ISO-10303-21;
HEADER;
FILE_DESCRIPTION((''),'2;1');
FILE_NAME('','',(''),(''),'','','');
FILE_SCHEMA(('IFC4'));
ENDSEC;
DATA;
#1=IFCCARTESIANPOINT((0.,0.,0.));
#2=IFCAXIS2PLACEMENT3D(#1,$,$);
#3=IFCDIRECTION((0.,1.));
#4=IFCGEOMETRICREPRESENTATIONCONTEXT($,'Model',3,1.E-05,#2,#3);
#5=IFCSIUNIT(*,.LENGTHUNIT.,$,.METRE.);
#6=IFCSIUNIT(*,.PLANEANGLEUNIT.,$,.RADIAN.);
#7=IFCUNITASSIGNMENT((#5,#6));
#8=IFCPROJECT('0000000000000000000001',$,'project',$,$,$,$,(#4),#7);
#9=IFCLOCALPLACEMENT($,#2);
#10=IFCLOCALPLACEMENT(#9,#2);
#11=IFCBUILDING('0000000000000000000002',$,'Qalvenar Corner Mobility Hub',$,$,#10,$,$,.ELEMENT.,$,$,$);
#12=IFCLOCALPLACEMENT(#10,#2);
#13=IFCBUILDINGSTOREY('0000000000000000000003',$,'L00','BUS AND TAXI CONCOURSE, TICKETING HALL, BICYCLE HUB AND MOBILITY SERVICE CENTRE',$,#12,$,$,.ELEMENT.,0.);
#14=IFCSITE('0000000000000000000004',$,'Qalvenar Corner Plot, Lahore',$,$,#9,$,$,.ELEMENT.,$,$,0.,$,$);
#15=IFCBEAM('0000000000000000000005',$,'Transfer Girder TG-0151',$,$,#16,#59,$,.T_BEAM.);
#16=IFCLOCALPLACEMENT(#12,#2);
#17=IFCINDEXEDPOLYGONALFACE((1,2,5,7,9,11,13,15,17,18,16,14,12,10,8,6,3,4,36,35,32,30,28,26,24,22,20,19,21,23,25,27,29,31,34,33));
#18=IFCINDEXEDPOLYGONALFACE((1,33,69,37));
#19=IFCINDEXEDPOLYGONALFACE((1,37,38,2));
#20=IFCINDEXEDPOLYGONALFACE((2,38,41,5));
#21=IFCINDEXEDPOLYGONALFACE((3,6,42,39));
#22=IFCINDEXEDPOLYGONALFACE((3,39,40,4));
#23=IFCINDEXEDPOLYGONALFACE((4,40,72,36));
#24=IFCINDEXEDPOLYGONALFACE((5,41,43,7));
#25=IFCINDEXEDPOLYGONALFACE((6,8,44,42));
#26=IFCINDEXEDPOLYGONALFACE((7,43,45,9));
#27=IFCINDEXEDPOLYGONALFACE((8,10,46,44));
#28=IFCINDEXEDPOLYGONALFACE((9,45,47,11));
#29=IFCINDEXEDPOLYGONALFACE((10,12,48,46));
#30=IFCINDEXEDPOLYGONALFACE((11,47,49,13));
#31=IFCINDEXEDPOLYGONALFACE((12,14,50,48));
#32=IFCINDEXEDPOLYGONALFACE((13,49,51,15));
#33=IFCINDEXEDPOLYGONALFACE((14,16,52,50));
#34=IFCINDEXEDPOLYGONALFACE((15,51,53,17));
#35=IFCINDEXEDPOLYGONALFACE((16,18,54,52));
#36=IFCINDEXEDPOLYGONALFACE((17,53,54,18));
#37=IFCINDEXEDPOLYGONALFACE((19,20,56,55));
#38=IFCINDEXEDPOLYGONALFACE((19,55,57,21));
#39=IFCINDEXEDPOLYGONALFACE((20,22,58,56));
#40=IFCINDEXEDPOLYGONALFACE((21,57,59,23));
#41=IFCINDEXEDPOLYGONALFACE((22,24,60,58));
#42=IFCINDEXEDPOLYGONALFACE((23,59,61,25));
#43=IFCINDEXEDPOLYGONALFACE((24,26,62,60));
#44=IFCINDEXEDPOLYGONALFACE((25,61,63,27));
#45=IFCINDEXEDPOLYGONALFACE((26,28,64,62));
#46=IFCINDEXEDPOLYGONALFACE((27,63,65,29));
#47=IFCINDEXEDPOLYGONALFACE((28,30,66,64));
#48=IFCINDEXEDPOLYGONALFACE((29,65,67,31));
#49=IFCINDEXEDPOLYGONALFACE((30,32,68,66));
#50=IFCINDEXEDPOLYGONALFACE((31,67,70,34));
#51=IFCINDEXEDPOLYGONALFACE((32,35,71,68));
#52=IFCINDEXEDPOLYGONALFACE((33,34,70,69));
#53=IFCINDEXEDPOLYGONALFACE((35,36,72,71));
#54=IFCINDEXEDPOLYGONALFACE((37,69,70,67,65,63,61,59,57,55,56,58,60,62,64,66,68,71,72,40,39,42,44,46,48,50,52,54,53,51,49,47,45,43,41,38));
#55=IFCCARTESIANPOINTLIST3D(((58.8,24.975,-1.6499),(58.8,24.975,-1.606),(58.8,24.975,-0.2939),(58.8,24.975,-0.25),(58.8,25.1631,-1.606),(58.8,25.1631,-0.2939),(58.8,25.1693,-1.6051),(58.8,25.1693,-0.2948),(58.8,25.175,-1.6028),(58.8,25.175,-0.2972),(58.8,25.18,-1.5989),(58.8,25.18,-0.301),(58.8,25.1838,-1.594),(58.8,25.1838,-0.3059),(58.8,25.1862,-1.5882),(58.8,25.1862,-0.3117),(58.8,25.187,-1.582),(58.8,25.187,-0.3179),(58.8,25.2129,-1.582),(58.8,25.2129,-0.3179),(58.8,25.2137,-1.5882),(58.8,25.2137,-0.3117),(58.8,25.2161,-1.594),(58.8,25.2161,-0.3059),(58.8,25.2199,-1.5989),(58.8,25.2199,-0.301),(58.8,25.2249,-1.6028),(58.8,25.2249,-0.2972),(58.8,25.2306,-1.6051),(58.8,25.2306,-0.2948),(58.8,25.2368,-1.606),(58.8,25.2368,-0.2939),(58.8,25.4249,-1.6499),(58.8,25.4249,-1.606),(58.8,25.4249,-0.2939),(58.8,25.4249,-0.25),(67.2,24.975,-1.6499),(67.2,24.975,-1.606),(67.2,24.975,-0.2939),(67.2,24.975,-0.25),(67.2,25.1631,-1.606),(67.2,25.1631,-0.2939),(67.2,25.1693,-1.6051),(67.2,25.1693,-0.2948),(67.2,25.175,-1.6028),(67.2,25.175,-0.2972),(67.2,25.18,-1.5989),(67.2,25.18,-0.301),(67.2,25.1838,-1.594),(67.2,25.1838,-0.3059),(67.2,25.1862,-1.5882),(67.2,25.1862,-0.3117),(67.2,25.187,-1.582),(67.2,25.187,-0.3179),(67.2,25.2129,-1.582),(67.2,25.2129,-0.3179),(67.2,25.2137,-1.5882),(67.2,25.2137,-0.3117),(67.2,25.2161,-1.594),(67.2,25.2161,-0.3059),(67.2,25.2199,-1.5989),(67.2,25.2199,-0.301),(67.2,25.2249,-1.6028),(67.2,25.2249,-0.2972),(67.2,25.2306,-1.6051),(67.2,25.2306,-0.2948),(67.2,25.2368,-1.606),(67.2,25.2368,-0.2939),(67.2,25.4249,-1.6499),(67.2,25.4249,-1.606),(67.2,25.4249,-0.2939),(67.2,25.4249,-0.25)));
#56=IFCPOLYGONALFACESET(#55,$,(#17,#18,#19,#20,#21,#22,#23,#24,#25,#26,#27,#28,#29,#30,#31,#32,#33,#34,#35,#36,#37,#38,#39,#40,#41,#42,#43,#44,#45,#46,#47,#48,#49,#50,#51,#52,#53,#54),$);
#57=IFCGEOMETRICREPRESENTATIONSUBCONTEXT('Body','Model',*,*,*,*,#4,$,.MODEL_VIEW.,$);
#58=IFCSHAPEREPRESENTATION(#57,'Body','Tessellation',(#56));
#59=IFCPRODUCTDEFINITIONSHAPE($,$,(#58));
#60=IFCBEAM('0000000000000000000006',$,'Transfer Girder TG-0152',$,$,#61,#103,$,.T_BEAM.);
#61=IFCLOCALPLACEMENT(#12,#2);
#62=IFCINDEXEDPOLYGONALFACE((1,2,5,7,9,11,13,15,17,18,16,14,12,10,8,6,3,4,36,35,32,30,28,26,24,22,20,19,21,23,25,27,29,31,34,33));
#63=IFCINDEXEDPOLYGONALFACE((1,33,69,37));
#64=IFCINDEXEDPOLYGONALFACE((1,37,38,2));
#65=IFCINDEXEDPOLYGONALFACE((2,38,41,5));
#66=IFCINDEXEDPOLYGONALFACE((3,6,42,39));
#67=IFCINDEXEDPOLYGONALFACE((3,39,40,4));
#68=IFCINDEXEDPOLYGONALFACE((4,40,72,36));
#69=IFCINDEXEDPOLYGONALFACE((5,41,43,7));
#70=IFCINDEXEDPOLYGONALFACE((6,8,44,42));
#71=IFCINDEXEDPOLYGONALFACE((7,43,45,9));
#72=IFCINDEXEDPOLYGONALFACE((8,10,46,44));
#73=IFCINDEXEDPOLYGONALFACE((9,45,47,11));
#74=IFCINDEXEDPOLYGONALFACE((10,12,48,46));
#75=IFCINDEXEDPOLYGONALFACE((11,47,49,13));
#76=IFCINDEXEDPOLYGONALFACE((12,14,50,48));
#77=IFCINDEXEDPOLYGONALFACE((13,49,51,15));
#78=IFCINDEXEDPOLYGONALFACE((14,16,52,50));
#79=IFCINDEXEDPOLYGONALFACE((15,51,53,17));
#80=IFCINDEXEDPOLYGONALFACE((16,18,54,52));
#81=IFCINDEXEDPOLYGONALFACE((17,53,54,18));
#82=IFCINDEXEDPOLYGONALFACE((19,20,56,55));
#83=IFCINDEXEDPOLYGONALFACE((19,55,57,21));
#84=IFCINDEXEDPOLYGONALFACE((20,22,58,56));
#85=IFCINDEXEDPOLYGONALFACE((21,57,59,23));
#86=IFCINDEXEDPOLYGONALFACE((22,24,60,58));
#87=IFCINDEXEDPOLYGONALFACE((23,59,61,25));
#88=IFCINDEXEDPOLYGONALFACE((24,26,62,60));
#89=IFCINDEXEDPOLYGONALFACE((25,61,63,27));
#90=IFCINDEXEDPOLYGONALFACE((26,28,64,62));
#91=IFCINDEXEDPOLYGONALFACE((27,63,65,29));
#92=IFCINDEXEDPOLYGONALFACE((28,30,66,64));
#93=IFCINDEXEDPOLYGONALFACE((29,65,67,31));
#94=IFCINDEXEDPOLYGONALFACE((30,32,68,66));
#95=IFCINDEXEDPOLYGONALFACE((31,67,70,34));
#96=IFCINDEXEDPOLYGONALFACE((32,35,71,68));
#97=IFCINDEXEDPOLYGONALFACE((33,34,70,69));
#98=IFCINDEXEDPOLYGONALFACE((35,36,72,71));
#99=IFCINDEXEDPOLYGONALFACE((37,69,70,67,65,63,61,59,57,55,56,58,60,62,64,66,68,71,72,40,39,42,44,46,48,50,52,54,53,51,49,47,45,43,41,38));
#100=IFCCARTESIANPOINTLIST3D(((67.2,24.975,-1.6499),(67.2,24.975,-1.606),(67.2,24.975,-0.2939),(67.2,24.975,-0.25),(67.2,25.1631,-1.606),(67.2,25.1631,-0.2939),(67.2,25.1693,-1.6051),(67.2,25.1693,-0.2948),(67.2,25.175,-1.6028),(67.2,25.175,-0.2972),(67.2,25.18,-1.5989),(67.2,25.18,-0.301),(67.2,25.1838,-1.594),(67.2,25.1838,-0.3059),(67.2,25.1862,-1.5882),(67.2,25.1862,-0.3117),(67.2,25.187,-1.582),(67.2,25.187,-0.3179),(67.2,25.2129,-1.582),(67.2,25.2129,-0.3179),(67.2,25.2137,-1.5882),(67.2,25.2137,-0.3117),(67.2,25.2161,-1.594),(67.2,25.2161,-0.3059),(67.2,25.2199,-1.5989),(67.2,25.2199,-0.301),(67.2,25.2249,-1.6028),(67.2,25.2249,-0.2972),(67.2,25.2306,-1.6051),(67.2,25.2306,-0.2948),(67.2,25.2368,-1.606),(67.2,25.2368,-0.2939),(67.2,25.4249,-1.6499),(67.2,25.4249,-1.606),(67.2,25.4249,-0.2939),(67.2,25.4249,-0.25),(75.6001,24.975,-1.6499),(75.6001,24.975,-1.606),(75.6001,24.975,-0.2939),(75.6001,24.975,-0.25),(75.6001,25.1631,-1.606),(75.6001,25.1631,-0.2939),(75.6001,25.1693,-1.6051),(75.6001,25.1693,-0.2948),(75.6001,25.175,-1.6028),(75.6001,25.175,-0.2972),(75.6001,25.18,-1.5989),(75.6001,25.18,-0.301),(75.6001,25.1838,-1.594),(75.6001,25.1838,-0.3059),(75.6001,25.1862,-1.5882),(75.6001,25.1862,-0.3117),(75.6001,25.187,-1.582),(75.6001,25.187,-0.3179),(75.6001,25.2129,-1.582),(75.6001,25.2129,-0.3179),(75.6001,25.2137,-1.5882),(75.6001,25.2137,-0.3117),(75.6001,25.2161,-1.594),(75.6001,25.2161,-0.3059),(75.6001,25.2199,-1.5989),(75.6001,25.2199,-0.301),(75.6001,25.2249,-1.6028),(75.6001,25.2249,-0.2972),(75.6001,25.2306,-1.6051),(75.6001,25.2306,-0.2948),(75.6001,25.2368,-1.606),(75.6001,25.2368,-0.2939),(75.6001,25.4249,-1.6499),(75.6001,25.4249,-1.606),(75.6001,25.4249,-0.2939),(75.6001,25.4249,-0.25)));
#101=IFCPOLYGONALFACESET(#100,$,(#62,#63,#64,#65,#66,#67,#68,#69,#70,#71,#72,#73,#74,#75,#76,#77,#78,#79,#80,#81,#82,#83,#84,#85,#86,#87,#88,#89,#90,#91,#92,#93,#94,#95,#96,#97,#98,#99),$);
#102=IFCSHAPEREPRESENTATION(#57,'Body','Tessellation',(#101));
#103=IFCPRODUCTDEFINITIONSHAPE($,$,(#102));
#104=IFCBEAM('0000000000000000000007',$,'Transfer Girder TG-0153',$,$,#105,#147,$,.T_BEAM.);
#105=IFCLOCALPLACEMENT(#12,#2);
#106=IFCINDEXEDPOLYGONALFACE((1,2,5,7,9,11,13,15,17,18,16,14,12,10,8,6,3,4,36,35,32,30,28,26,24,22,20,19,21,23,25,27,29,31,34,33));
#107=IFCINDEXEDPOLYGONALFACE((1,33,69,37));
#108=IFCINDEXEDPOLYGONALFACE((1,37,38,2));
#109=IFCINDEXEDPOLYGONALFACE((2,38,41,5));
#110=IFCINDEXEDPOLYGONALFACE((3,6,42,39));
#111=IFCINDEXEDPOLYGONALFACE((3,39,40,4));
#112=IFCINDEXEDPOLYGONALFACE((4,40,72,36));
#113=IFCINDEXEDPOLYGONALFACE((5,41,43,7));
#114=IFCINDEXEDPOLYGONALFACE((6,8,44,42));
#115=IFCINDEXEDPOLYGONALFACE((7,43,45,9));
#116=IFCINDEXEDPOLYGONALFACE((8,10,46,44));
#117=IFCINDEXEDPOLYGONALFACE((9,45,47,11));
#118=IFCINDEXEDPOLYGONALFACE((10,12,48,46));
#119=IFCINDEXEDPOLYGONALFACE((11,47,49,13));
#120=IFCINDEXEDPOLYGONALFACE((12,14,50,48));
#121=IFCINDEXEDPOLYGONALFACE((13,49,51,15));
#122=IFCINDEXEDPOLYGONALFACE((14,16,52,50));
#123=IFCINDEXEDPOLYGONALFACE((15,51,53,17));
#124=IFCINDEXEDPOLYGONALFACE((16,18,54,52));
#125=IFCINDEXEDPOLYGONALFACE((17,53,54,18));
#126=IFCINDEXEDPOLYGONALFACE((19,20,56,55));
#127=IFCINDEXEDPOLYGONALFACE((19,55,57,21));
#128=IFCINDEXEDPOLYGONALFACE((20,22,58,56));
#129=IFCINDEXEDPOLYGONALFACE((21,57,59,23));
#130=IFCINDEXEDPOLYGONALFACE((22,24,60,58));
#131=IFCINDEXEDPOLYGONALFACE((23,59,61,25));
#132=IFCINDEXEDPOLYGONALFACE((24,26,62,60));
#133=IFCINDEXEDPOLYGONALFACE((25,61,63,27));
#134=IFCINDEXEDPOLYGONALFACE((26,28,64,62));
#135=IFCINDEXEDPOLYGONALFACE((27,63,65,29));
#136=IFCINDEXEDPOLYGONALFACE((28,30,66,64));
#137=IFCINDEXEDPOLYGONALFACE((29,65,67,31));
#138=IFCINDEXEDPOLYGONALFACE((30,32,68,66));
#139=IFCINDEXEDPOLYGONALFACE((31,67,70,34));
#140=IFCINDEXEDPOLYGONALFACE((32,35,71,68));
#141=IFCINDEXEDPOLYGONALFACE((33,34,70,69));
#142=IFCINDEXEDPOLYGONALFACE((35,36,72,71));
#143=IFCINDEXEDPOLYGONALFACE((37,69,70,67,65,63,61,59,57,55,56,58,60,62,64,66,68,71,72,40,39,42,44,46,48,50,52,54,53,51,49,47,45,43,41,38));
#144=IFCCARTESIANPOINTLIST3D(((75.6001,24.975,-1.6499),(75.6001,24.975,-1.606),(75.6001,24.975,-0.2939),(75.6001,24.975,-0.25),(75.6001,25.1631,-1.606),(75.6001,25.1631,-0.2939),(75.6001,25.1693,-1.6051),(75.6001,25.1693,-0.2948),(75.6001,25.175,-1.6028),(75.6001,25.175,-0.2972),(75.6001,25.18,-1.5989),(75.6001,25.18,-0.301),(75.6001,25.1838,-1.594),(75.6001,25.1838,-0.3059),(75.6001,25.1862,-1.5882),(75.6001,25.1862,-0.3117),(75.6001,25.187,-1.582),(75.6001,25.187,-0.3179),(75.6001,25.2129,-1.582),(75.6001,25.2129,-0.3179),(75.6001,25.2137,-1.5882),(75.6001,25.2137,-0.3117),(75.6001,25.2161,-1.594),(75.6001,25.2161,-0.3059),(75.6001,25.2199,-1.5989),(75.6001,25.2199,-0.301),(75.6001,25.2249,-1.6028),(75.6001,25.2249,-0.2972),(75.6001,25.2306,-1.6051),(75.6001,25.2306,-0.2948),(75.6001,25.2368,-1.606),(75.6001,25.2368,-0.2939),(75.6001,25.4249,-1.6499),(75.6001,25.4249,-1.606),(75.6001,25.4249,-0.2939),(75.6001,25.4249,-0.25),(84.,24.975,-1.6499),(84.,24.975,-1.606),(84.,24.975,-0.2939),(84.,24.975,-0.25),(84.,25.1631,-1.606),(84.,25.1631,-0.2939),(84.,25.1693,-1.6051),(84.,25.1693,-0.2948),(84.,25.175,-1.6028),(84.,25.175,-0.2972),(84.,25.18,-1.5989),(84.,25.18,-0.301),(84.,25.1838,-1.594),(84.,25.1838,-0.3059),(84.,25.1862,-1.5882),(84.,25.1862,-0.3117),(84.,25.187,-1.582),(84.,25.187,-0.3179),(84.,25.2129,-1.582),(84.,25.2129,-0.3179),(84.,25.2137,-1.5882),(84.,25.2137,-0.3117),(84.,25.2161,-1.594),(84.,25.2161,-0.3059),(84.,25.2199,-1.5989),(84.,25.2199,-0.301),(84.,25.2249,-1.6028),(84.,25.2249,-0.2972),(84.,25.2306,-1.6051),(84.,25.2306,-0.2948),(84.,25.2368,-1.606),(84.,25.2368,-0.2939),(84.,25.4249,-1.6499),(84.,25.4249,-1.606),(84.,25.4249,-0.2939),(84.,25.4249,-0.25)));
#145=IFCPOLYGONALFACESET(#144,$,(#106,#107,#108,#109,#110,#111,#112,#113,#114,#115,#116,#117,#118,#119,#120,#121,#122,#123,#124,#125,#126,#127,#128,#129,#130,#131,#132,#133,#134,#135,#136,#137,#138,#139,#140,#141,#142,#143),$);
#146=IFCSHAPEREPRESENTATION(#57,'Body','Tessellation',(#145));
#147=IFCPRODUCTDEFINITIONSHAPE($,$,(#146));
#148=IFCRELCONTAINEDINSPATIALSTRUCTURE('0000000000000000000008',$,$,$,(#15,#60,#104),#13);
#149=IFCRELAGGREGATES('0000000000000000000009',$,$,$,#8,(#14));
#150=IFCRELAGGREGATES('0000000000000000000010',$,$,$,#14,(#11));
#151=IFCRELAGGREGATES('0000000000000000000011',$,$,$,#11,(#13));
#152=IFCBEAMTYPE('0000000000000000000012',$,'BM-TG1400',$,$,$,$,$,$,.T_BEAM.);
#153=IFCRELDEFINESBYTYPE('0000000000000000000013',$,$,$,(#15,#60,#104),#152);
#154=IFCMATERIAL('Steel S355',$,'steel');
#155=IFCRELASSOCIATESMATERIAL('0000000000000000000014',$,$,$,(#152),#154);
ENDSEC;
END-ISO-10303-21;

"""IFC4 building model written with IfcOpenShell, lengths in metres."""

from ifc_helpers import new_model, si_unit, direction, frame, origin, origin_2d, place, context, subcontext, project, spatial, i_section, extrude, material, material_profile, profile_set, type_object, element, save


model = new_model("IFC4")

# Units and contexts
model_context = context("Model", 3, precision=1e-05, world=origin(), true_north=direction((0.0, 1.0)))
body_context = subcontext(model_context, "Body", "Model", "MODEL_VIEW")
ifc_project = project(units=[si_unit("LENGTHUNIT", "METRE"), si_unit("PLANEANGLEUNIT", "RADIAN")], contexts=[model_context])

# Site, building, storey
site_placement = place(None, origin())
site = spatial("IfcSite", under=ifc_project, at=site_placement, Name="Qalvenar Corner Plot, Lahore", CompositionType="ELEMENT", RefElevation=0.0)
building_placement = place(site_placement, origin())
building = spatial("IfcBuilding", under=site, at=building_placement, Name="Qalvenar Corner Mobility Hub", CompositionType="ELEMENT")
storey_placement = place(building_placement, origin())
storey = spatial("IfcBuildingStorey", under=building, at=storey_placement, Name="L00", Description="BUS AND TAXI CONCOURSE, TICKETING HALL, BICYCLE HUB AND MOBILITY SERVICE CENTRE", CompositionType="ELEMENT", Elevation=0.0)

# Shared definitions
ifc_material_1 = material(Name="Steel S355", Category="steel")

# Beams
ifc_material_profile_1 = material_profile(ifc_material_1, i_section(OverallWidth=0.45, OverallDepth=1.3999, WebThickness=0.0259, FlangeThickness=0.0439, FilletRadius=0.0239, at=origin_2d()), Name="W1100x499-TG1400")
ifc_profile_set_1 = profile_set([ifc_material_profile_1], Name="Steel S355")
beam_type_1 = type_object("IfcBeamType", Name="BM-TG1400", PredefinedType="T_BEAM", material=ifc_profile_set_1)
beam_1_placement = place(storey_placement, frame((58.8, 25.2, -0.95), z_axis=(1.0, 0.0, 0.0), x_axis=(0.0, 1.0, 0.0)))
element("IfcBeam", 1, at=beam_1_placement, inside=storey, type_object=beam_type_1, Name="Transfer Girder TG-0151", PredefinedType="T_BEAM", context=body_context, shape_type="SweptSolid", body=[
    extrude(i_section(OverallWidth=0.45, OverallDepth=1.3999, WebThickness=0.0259, FlangeThickness=0.0439, FilletRadius=0.0239, at=origin_2d()), origin(), (0.0, 0.0, 1.0), 8.3999),
])
beam_2_placement = place(storey_placement, frame((67.2, 25.2, -0.95), z_axis=(1.0, 0.0, 0.0), x_axis=(0.0, 1.0, 0.0)))
element("IfcBeam", 2, at=beam_2_placement, inside=storey, type_object=beam_type_1, Name="Transfer Girder TG-0152", PredefinedType="T_BEAM", context=body_context, shape_type="SweptSolid", body=[
    extrude(i_section(OverallWidth=0.45, OverallDepth=1.3999, WebThickness=0.0259, FlangeThickness=0.0439, FilletRadius=0.0239, at=origin_2d()), origin(), (0.0, 0.0, 1.0), 8.4001),
])
beam_3_placement = place(storey_placement, frame((75.6001, 25.2, -0.95), z_axis=(1.0, 0.0, 0.0), x_axis=(0.0, 1.0, 0.0)))
element("IfcBeam", 3, at=beam_3_placement, inside=storey, type_object=beam_type_1, Name="Transfer Girder TG-0153", PredefinedType="T_BEAM", context=body_context, shape_type="SweptSolid", body=[
    extrude(i_section(OverallWidth=0.45, OverallDepth=1.3999, WebThickness=0.0259, FlangeThickness=0.0439, FilletRadius=0.0239, at=origin_2d()), origin(), (0.0, 0.0, 1.0), 8.3999),
])

save(model, "model.ifc")
